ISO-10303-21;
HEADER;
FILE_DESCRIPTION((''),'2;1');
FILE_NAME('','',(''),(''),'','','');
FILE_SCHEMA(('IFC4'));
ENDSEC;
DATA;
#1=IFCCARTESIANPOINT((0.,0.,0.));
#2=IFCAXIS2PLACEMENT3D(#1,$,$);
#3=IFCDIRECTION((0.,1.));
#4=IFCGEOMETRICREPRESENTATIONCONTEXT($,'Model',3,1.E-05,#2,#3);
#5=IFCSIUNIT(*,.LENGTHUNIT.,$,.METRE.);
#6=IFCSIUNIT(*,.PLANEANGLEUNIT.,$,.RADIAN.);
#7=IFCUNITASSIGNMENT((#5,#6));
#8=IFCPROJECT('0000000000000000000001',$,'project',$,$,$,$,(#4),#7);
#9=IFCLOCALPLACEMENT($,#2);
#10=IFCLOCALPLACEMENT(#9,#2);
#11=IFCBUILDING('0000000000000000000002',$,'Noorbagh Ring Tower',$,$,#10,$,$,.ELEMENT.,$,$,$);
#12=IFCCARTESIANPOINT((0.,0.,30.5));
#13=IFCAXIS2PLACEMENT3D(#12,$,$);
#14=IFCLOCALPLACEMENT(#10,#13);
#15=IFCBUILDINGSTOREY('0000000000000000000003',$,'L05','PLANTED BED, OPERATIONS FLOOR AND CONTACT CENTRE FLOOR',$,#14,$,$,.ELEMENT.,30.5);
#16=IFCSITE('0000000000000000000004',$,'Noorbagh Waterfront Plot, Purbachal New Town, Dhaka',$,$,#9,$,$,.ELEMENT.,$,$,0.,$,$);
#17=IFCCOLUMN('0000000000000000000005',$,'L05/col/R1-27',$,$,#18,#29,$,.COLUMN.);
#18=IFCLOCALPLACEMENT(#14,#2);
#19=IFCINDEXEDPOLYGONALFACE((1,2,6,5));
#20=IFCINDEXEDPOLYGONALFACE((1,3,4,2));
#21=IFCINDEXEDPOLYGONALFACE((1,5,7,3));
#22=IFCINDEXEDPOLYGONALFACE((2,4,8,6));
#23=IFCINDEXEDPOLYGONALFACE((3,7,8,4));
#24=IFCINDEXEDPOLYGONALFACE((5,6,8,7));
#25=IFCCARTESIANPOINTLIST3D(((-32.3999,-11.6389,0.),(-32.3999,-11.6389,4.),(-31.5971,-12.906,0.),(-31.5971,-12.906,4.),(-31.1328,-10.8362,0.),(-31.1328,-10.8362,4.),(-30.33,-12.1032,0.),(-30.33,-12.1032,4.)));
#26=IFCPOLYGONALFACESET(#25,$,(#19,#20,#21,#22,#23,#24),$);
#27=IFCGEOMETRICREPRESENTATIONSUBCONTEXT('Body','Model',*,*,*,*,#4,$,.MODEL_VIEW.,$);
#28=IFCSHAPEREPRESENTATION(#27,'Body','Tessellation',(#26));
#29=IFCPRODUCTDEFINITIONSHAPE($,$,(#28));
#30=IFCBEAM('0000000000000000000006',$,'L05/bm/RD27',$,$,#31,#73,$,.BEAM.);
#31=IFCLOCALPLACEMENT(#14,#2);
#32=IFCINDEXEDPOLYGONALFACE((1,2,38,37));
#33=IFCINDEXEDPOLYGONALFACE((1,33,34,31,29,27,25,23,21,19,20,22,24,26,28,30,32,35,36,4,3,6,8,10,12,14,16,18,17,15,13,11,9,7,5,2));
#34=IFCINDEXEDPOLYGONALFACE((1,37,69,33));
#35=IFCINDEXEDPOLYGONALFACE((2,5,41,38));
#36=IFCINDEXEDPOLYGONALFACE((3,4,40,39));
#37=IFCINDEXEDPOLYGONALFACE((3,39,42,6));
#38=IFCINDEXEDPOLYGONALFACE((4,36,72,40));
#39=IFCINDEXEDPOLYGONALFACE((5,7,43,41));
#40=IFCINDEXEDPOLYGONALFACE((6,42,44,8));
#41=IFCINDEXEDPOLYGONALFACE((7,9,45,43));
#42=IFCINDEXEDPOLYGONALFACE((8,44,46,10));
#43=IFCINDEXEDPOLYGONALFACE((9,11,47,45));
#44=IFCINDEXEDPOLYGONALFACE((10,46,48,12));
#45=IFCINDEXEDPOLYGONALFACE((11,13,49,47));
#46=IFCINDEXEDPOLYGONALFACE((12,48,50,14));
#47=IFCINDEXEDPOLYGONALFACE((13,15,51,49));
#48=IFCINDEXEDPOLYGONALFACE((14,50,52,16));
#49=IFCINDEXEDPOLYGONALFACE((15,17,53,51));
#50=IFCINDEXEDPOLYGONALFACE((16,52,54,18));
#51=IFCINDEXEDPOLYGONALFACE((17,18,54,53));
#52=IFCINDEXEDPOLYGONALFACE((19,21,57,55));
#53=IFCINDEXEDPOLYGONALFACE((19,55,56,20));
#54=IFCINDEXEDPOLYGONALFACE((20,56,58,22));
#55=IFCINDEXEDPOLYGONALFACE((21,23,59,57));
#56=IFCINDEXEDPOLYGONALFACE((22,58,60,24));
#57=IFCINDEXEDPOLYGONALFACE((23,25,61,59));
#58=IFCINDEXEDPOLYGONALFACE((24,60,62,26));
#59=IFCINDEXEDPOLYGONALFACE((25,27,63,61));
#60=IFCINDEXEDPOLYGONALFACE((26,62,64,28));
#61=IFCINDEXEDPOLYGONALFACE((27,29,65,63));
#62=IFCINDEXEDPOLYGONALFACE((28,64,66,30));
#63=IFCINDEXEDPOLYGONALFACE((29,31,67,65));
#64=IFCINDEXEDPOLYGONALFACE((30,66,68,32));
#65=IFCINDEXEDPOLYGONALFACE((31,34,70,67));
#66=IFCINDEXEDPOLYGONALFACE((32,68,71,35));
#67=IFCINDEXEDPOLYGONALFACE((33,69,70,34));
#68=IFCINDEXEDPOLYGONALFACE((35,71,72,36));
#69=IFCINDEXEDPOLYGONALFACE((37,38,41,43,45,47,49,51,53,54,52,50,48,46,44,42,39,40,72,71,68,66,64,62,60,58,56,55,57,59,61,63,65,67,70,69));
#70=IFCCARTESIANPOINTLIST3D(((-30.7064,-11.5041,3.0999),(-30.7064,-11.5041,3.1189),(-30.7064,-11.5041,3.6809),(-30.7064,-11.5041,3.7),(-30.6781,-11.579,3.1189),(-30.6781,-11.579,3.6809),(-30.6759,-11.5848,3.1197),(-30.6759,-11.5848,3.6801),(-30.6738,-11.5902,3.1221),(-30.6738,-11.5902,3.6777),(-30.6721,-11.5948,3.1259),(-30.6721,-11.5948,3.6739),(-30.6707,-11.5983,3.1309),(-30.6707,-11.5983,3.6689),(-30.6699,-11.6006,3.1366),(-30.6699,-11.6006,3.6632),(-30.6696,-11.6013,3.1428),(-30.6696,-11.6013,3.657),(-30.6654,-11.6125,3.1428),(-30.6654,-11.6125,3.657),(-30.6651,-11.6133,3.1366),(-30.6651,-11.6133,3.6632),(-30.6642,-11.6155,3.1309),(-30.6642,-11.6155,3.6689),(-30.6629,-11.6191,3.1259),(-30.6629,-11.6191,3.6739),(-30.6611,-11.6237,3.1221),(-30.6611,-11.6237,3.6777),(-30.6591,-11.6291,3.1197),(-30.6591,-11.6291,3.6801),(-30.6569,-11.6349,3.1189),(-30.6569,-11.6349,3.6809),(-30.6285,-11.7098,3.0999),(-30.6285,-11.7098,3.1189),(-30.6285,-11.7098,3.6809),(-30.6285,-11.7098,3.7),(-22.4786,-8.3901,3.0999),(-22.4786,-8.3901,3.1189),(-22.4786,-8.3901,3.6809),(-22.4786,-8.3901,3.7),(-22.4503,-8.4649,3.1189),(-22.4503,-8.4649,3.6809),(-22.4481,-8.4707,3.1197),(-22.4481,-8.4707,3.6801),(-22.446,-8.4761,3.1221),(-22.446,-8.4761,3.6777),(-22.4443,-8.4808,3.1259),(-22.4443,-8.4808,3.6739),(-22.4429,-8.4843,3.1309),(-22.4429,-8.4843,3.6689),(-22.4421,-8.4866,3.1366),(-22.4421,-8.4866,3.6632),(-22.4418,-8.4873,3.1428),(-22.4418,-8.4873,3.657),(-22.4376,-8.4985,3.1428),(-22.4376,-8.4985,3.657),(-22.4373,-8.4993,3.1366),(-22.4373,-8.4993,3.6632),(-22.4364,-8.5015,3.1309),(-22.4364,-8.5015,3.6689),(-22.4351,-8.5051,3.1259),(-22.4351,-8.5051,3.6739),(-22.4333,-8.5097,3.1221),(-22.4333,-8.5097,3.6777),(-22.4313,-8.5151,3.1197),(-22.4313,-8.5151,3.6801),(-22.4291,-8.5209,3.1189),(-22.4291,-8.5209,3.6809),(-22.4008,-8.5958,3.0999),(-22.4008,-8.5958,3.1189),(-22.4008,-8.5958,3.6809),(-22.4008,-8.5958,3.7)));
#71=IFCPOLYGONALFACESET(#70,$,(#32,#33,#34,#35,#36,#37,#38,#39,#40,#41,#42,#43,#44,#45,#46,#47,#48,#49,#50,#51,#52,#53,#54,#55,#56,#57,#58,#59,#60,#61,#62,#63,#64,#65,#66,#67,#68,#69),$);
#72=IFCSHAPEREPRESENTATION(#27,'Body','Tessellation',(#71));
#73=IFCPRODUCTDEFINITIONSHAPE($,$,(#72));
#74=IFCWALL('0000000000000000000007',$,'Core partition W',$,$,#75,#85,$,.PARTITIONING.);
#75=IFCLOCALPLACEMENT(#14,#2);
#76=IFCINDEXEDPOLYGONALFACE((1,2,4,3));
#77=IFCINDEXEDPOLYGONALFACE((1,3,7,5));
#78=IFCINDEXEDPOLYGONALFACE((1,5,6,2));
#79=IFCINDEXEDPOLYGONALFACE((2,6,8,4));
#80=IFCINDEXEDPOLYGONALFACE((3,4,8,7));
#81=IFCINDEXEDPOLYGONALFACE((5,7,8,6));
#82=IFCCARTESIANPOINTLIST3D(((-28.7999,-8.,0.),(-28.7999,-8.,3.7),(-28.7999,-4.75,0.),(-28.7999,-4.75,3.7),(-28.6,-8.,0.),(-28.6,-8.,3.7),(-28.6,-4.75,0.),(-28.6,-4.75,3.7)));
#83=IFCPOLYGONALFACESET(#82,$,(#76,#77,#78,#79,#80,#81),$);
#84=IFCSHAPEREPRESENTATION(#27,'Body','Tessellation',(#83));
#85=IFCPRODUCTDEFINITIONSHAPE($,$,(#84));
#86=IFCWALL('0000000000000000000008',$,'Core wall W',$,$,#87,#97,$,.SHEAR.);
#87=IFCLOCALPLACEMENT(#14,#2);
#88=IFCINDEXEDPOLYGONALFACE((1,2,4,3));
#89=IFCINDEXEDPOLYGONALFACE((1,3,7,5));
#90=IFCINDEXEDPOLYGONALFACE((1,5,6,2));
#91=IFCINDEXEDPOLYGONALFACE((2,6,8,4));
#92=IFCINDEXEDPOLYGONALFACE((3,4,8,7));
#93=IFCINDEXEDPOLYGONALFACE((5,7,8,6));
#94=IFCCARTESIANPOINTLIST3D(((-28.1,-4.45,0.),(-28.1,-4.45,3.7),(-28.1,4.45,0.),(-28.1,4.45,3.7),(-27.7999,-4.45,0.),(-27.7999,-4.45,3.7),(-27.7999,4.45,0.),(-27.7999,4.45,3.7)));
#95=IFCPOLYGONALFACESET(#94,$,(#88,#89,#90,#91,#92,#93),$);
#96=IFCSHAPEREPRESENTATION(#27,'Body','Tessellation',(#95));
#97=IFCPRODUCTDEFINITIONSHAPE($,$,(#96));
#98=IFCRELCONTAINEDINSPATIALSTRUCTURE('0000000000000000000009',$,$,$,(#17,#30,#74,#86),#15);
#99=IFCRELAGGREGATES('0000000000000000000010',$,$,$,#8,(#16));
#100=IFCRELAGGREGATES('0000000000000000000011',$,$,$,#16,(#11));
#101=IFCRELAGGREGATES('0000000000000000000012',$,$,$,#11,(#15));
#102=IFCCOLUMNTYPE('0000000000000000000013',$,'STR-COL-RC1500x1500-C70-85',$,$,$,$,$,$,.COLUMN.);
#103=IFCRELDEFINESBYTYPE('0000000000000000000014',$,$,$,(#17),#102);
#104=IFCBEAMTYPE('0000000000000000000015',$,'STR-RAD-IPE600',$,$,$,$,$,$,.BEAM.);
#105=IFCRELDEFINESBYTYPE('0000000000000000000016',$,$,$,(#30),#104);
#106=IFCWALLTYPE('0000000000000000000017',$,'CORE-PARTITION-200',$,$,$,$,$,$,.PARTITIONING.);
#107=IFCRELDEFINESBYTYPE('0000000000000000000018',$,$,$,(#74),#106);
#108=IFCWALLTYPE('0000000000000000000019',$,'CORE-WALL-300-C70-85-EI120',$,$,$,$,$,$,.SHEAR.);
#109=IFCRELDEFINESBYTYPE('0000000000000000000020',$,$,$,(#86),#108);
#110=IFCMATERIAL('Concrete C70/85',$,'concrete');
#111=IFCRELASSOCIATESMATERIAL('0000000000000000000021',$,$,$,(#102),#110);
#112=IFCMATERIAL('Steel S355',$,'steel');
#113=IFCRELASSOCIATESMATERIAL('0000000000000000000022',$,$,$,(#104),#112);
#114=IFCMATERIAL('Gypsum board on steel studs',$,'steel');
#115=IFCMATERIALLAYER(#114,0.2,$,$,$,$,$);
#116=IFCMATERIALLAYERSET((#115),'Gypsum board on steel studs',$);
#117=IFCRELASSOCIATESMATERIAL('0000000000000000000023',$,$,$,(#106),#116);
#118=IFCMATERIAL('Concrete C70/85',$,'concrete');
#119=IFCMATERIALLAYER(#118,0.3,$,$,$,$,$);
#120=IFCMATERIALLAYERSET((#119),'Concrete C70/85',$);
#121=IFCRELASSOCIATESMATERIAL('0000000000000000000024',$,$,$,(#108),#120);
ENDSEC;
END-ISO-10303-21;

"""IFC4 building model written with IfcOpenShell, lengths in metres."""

from ifc_helpers import new_model, si_unit, direction, frame, frame_2d, origin, origin_2d, place, context, subcontext, project, spatial, rectangle, i_section, extrude, material, layer, layer_set, material_profile, profile_set, type_object, element, save


model = new_model("IFC4")

# Units and contexts
model_context = context("Model", 3, precision=1e-05, world=origin(), true_north=direction((0.0, 1.0)))
body_context = subcontext(model_context, "Body", "Model", "MODEL_VIEW")
ifc_project = project(units=[si_unit("LENGTHUNIT", "METRE"), si_unit("PLANEANGLEUNIT", "RADIAN")], contexts=[model_context])

# Site, building, storey
site_placement = place(None, origin())
site = spatial("IfcSite", under=ifc_project, at=site_placement, Name="Noorbagh Waterfront Plot, Purbachal New Town, Dhaka", CompositionType="ELEMENT", RefElevation=0.0)
building_placement = place(site_placement, origin())
building = spatial("IfcBuilding", under=site, at=building_placement, Name="Noorbagh Ring Tower", CompositionType="ELEMENT")
storey_placement = place(building_placement, frame((0.0, 0.0, 30.5)))
storey = spatial("IfcBuildingStorey", under=building, at=storey_placement, Name="L05", Description="PLANTED BED, OPERATIONS FLOOR AND CONTACT CENTRE FLOOR", CompositionType="ELEMENT", Elevation=30.5)

# Column
ifc_material_1 = material(Name="Concrete C70/85", Category="concrete")
ifc_material_profile_1 = material_profile(ifc_material_1, rectangle(XDim=1.5, YDim=1.5, at=origin_2d()), Name="RC1500x1500")
ifc_profile_set_1 = profile_set([ifc_material_profile_1], Name="Concrete C70/85")
column_type = type_object("IfcColumnType", Name="STR-COL-RC1500x1500-C70-85", PredefinedType="COLUMN", material=ifc_profile_set_1)
column_placement = place(storey_placement, frame((-31.365, -11.8711, 0.0), z_axis=(0.0, 0.0, 1.0), x_axis=(0.53519, -0.844731, 0.0)))
element("IfcColumn", 1, at=column_placement, inside=storey, type_object=column_type, Name="L05/col/R1-27", PredefinedType="COLUMN", context=body_context, shape_type="SweptSolid", body=[
    extrude(rectangle(XDim=1.5, YDim=1.5, at=origin_2d()), origin(), (0.0, 0.0, 1.0), 4.0),
])

# Beam
ifc_material_2 = material(Name="Steel S355", Category="steel")
ifc_material_profile_2 = material_profile(ifc_material_2, i_section(OverallWidth=0.22, OverallDepth=0.6001, WebThickness=0.012, FlangeThickness=0.019, FilletRadius=0.0239, at=origin_2d()), Name="IPE600")
ifc_profile_set_2 = profile_set([ifc_material_profile_2], Name="Steel S355")
beam_type = type_object("IfcBeamType", Name="STR-RAD-IPE600", PredefinedType="BEAM", material=ifc_profile_set_2)
beam_placement = place(storey_placement, frame((-30.6675, -11.6069, 3.3999), z_axis=(0.935256, 0.353971, 0.0), x_axis=(-0.353971, 0.935256, 0.0)))
element("IfcBeam", 2, at=beam_placement, inside=storey, type_object=beam_type, Name="L05/bm/RD27", PredefinedType="BEAM", context=body_context, shape_type="SweptSolid", body=[
    extrude(i_section(OverallWidth=0.22, OverallDepth=0.6001, WebThickness=0.012, FlangeThickness=0.019, FilletRadius=0.0239, at=origin_2d()), origin(), (0.0, 0.0, 1.0), 8.7974),
])

# Walls
ifc_material_3 = material(Name="Gypsum board on steel studs", Category="steel")
ifc_layer_1 = layer(ifc_material_3, 0.2)
ifc_layer_set_1 = layer_set([ifc_layer_1], Name="Gypsum board on steel studs")
wall_type_1 = type_object("IfcWallType", Name="CORE-PARTITION-200", PredefinedType="PARTITIONING", material=ifc_layer_set_1)
wall_1_placement = place(storey_placement, frame((-28.7, -8.0, 0.0), z_axis=(0.0, 0.0, 1.0), x_axis=(0.0, 1.0, 0.0)))
element("IfcWall", 3, at=wall_1_placement, inside=storey, type_object=wall_type_1, Name="Core partition W", PredefinedType="PARTITIONING", context=body_context, shape_type="SweptSolid", body=[
    extrude(rectangle(XDim=3.25, YDim=0.2, at=frame_2d((1.625, 0.0))), origin(), (0.0, 0.0, 1.0), 3.7),
])
ifc_material_4 = material(Name="Concrete C70/85", Category="concrete")
ifc_layer_2 = layer(ifc_material_4, 0.3)
ifc_layer_set_2 = layer_set([ifc_layer_2], Name="Concrete C70/85")
wall_type_2 = type_object("IfcWallType", Name="CORE-WALL-300-C70-85-EI120", PredefinedType="SHEAR", material=ifc_layer_set_2)
wall_2_placement = place(storey_placement, frame((-27.95, -4.45, 0.0), z_axis=(0.0, 0.0, 1.0), x_axis=(0.0, 1.0, 0.0)))
element("IfcWall", 4, at=wall_2_placement, inside=storey, type_object=wall_type_2, Name="Core wall W", PredefinedType="SHEAR", context=body_context, shape_type="SweptSolid", body=[
    extrude(rectangle(XDim=8.8999, YDim=0.3, at=frame_2d((4.45, 0.0))), origin(), (0.0, 0.0, 1.0), 3.7),
])

save(model, "model.ifc")
